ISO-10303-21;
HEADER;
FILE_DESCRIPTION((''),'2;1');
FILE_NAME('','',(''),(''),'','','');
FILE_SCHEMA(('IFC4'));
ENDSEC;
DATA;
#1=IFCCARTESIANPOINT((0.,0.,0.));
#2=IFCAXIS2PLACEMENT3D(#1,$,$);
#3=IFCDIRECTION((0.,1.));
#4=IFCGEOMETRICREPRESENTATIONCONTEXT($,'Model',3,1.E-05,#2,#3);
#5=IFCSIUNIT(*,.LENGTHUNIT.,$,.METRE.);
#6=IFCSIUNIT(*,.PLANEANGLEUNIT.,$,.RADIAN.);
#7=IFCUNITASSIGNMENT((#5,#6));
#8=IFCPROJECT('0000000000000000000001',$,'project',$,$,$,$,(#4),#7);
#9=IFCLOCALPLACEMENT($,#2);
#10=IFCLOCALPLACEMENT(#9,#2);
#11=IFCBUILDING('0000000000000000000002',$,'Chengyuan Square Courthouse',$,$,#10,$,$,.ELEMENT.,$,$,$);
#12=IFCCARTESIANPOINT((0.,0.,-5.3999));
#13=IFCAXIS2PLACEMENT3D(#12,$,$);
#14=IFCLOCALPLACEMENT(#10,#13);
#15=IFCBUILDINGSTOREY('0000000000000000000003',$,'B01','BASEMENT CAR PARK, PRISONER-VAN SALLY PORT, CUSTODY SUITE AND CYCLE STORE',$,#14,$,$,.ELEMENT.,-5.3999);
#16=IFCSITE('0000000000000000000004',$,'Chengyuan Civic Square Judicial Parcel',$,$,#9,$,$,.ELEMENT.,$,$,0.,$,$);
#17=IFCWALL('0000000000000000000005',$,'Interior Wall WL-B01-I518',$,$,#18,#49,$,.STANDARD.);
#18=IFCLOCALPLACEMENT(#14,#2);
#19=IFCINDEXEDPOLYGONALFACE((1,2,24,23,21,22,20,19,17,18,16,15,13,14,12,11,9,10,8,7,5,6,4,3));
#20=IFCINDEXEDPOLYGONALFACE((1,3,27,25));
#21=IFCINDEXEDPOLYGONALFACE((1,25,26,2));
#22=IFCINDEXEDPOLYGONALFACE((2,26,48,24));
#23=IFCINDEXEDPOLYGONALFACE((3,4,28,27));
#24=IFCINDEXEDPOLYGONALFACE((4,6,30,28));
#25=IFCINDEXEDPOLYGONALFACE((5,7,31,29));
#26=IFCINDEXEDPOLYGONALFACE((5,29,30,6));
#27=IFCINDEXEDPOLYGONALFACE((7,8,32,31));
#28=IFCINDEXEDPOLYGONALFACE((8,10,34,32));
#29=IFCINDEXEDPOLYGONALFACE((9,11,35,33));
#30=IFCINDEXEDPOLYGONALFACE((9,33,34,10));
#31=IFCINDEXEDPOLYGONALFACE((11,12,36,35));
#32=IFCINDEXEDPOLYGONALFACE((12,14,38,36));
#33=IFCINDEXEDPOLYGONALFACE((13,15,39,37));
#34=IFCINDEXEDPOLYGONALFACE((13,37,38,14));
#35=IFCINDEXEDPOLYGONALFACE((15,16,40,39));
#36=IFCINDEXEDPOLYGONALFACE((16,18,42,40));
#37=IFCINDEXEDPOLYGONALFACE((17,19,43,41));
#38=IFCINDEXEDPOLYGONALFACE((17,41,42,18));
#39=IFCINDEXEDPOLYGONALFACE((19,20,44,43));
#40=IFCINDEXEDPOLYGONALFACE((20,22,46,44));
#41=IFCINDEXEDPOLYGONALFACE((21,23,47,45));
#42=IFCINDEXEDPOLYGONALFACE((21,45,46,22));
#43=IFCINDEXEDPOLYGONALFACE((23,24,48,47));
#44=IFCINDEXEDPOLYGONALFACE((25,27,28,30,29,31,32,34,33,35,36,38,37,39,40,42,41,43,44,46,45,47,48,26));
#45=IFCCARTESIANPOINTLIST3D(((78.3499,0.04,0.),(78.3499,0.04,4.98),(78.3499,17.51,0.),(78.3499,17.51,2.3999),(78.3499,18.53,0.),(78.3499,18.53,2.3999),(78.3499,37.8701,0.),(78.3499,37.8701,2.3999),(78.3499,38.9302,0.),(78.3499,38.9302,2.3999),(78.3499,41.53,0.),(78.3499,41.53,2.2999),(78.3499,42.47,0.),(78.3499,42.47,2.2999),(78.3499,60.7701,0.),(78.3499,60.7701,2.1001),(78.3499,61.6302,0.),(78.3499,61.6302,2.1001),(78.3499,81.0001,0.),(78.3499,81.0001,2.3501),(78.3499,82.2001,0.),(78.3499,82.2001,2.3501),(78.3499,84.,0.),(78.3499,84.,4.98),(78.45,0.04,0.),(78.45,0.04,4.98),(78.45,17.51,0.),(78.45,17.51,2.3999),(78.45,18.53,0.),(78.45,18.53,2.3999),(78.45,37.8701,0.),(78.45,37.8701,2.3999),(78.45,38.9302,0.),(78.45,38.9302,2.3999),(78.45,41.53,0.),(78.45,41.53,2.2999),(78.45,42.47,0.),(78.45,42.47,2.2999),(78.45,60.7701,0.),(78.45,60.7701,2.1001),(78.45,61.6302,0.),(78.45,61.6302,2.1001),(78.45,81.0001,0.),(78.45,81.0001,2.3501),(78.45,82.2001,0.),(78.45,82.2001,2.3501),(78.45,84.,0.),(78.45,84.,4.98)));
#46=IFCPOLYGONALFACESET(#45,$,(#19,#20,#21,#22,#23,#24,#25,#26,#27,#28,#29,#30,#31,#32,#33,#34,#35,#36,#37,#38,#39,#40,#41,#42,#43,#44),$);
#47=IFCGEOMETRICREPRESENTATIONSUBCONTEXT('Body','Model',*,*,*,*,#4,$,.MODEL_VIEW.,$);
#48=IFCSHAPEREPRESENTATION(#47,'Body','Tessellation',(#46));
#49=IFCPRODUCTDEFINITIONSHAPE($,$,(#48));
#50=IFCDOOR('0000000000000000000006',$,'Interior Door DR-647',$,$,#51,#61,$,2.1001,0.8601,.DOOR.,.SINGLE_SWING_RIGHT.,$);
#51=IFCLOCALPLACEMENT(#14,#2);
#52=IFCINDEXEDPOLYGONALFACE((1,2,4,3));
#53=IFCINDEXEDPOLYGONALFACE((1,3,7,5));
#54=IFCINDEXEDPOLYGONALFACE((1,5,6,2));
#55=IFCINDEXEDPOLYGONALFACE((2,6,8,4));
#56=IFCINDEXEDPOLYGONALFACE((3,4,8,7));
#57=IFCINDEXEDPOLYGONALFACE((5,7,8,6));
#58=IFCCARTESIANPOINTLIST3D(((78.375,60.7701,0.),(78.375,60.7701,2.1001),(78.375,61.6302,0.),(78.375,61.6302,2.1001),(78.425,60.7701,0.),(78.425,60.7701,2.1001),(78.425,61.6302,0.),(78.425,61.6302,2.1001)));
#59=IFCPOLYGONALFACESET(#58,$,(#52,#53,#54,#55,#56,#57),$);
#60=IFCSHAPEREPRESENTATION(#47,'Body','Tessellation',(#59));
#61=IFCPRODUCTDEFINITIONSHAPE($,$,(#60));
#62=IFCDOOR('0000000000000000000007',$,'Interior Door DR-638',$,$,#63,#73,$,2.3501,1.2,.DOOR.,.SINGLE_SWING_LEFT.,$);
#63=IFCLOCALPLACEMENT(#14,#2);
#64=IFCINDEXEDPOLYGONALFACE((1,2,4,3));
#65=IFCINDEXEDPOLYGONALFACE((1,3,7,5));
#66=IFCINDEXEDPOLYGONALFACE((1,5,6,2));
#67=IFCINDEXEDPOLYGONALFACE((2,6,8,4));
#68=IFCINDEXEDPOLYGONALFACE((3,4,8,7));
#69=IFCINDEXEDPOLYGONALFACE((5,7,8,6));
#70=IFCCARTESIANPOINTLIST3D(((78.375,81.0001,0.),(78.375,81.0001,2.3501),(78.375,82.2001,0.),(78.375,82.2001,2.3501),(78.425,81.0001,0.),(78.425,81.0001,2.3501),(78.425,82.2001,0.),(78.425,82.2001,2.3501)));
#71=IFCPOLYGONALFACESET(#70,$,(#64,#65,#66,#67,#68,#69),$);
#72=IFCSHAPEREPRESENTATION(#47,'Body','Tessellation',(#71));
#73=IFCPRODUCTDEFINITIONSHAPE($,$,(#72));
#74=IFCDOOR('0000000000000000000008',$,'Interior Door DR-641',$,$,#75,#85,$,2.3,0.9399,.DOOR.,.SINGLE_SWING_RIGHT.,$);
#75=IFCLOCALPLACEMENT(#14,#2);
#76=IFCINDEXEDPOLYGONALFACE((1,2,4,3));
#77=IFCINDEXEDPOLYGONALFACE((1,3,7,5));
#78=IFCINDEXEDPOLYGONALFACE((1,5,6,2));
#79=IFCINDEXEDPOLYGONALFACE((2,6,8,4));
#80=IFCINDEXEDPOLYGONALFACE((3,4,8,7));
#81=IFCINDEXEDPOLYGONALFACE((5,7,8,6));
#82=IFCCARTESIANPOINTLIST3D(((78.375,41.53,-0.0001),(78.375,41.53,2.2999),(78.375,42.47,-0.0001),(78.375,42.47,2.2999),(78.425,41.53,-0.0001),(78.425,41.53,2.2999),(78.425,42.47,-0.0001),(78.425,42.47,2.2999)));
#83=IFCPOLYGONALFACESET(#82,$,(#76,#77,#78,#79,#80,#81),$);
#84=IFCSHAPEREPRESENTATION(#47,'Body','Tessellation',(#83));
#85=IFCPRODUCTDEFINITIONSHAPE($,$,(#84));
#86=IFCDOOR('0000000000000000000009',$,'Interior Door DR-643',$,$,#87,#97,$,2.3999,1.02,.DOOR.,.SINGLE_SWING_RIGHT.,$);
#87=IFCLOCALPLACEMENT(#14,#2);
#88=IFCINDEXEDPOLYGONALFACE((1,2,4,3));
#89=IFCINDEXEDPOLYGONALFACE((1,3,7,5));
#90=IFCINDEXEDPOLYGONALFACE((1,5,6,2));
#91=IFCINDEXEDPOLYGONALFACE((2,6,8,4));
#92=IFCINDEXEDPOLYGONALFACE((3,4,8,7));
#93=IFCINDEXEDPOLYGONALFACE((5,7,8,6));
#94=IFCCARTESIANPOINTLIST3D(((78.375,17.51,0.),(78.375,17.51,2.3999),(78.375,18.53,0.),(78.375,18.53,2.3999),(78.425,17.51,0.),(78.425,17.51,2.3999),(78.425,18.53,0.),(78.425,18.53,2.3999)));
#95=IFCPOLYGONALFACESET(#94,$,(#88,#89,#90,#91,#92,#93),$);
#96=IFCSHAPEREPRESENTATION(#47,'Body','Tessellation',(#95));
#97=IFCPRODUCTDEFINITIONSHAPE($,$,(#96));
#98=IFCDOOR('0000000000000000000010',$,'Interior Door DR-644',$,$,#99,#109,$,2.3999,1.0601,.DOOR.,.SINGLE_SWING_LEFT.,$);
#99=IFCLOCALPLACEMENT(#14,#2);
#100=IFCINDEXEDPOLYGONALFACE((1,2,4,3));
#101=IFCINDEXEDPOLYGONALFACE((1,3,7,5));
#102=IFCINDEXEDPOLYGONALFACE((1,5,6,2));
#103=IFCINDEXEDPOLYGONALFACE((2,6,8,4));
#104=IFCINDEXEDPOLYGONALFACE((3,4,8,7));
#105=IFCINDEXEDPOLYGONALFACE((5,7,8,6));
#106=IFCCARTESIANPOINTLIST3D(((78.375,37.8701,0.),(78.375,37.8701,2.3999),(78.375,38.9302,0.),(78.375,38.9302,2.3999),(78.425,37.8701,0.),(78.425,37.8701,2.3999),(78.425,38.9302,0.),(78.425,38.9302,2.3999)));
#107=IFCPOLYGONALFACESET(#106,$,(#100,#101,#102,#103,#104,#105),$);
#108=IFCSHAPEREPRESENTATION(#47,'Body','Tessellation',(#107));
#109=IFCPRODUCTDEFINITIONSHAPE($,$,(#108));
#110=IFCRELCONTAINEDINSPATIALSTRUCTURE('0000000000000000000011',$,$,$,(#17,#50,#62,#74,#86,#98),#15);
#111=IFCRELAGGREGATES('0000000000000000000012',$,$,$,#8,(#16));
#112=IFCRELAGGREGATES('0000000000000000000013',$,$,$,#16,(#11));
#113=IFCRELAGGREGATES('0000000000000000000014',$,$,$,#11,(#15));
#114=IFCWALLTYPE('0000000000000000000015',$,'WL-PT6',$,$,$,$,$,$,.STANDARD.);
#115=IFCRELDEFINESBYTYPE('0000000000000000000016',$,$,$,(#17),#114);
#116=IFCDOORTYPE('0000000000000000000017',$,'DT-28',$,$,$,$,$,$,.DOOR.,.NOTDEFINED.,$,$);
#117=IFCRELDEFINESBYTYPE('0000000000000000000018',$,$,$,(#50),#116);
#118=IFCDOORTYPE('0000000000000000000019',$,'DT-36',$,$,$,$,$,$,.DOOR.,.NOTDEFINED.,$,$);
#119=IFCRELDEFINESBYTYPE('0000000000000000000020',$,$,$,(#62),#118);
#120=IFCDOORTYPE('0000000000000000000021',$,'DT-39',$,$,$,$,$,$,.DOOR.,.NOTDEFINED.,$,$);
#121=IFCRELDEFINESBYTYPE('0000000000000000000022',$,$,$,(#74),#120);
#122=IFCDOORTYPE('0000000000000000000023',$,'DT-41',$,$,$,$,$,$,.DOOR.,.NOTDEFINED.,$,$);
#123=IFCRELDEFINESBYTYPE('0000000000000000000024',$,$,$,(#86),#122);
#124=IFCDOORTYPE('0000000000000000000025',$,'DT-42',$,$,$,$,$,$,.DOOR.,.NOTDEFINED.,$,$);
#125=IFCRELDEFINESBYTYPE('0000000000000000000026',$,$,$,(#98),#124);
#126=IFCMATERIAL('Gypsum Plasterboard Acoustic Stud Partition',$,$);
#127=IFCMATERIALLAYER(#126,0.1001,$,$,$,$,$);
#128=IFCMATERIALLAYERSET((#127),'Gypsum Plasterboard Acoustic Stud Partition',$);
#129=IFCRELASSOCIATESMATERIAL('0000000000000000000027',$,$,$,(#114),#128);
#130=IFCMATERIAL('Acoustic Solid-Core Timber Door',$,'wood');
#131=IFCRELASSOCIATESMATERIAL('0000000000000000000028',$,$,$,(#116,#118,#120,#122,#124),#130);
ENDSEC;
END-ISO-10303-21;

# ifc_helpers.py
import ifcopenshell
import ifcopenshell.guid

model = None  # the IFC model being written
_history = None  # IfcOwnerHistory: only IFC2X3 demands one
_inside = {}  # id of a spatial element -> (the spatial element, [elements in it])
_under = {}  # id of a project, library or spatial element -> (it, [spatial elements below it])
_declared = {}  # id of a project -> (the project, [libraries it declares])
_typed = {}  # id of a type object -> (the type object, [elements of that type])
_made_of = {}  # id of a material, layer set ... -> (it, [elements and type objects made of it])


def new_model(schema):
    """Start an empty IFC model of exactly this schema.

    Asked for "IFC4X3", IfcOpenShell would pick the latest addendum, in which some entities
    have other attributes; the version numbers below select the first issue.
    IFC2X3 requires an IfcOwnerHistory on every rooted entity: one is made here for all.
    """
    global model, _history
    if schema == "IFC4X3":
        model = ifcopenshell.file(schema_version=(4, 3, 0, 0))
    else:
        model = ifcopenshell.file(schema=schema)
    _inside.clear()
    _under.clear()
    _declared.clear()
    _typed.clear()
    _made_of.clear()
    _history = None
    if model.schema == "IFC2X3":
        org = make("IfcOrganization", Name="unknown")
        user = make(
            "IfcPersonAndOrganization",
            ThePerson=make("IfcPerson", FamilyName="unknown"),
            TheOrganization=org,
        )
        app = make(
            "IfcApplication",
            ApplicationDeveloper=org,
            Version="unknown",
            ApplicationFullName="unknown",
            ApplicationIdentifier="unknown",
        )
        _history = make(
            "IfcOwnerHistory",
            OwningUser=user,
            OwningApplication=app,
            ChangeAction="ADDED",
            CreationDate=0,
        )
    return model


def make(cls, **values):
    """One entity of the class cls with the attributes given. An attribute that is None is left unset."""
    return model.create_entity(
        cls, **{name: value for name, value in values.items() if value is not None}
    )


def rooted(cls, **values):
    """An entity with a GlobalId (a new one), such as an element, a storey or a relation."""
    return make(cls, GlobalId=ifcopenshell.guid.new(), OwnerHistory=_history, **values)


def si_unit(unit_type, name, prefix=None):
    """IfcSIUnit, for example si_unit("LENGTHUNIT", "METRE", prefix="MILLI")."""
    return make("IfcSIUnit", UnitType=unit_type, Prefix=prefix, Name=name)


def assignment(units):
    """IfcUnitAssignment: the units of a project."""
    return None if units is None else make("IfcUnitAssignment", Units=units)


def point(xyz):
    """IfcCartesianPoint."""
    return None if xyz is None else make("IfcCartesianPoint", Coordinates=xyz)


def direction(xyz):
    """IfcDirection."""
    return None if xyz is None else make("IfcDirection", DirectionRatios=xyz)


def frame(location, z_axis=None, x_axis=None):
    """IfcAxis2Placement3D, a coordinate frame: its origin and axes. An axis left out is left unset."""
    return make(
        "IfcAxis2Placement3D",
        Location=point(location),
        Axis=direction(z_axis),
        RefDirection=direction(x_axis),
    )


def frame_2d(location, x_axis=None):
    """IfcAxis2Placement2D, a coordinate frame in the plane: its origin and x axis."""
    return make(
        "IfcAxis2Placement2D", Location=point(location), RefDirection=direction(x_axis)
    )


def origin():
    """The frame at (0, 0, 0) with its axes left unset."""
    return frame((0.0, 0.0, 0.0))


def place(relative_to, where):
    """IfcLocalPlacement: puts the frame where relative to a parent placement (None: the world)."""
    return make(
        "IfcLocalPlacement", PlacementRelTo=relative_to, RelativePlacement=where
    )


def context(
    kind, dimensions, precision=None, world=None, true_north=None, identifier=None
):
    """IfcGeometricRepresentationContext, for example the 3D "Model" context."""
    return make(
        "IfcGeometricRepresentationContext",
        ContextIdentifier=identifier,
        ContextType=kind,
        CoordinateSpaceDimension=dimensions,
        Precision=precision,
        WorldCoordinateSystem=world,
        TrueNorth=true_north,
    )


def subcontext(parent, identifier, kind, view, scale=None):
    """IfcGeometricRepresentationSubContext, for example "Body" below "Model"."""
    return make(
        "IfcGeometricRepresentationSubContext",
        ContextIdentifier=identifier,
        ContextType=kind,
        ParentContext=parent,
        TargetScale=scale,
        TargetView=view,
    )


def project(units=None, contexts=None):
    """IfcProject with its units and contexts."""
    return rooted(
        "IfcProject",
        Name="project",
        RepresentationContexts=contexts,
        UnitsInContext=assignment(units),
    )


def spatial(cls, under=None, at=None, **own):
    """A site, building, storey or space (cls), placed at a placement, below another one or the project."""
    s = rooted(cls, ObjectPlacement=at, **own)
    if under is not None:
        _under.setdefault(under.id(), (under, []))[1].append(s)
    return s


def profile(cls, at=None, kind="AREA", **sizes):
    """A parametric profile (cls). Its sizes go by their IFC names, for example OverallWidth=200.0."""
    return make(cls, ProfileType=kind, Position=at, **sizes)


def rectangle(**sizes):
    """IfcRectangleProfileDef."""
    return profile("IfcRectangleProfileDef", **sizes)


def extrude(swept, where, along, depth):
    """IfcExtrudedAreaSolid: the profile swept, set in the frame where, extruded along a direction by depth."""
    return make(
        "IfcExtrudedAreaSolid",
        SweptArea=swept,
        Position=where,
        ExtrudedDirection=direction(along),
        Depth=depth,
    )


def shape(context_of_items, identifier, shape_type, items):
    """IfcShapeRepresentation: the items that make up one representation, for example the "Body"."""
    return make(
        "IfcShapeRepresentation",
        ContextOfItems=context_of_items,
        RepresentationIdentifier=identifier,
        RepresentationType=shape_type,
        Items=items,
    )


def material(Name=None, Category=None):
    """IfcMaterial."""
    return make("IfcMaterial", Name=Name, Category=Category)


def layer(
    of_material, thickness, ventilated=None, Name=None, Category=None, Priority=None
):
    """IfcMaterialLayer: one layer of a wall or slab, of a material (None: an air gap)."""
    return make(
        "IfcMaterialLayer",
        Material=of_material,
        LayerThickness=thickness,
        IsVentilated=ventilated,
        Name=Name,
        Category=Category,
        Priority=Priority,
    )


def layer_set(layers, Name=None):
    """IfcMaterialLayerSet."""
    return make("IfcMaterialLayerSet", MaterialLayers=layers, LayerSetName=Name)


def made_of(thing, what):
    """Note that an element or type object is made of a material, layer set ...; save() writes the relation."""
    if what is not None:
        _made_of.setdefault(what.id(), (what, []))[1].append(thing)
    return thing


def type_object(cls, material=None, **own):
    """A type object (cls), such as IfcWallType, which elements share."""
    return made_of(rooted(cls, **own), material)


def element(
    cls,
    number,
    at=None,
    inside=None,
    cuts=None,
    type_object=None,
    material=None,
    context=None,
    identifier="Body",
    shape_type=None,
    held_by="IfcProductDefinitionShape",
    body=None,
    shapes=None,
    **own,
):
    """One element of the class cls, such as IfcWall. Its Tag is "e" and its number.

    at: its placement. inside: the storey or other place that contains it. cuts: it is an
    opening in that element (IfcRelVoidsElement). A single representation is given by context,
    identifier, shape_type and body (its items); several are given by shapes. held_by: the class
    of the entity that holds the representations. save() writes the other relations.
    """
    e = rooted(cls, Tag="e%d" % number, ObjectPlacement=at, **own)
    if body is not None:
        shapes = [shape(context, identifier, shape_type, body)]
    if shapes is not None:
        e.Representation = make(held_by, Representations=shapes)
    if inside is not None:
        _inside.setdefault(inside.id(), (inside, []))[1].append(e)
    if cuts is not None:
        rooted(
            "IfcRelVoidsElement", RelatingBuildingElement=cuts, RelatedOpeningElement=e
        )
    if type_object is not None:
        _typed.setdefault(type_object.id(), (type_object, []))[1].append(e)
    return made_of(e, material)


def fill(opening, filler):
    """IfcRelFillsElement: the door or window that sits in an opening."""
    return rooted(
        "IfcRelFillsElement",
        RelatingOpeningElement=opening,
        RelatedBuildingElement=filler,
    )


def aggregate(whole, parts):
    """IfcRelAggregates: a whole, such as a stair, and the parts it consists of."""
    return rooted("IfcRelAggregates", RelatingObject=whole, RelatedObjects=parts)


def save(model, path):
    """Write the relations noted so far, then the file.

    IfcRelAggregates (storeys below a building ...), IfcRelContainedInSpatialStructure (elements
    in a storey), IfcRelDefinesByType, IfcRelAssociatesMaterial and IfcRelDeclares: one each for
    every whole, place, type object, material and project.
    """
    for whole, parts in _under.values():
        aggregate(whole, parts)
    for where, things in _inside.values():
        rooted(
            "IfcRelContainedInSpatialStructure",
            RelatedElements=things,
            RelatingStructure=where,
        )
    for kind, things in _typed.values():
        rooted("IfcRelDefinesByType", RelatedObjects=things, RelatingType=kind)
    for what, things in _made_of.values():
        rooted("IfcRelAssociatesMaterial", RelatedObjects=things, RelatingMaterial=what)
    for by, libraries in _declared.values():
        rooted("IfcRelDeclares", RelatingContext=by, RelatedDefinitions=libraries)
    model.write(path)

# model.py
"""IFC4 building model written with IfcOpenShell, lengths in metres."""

from ifc_helpers import new_model, si_unit, direction, frame, frame_2d, origin, place, context, subcontext, project, spatial, rectangle, extrude, material, layer, layer_set, type_object, element, fill, save


model = new_model("IFC4")

# Units and contexts
model_context = context("Model", 3, precision=1e-05, world=origin(), true_north=direction((0.0, 1.0)))
body_context = subcontext(model_context, "Body", "Model", "MODEL_VIEW")
ifc_project = project(units=[si_unit("LENGTHUNIT", "METRE"), si_unit("PLANEANGLEUNIT", "RADIAN")], contexts=[model_context])

# Site, building, storey
site_placement = place(None, origin())
site = spatial("IfcSite", under=ifc_project, at=site_placement, Name="Chengyuan Civic Square Judicial Parcel", CompositionType="ELEMENT", RefElevation=0.0)
building_placement = place(site_placement, origin())
building = spatial("IfcBuilding", under=site, at=building_placement, Name="Chengyuan Square Courthouse", CompositionType="ELEMENT")
storey_placement = place(building_placement, frame((0.0, 0.0, -5.3999)))
storey = spatial("IfcBuildingStorey", under=building, at=storey_placement, Name="B01", Description="BASEMENT CAR PARK, PRISONER-VAN SALLY PORT, CUSTODY SUITE AND CYCLE STORE", CompositionType="ELEMENT", Elevation=-5.3999)

# Wall, openings, doors
ifc_material_1 = material(Name="Gypsum Plasterboard Acoustic Stud Partition")
ifc_layer_1 = layer(ifc_material_1, 0.1001)
ifc_layer_set_1 = layer_set([ifc_layer_1], Name="Gypsum Plasterboard Acoustic Stud Partition")
wall_type_1 = type_object("IfcWallType", Name="WL-PT6", PredefinedType="STANDARD", material=ifc_layer_set_1)
wall_1_placement = place(storey_placement, frame((78.3999, 0.04, 0.0), z_axis=(0.0, 0.0, 1.0), x_axis=(0.0, 1.0, 0.0)))
wall_1 = element("IfcWall", 1, at=wall_1_placement, inside=storey, type_object=wall_type_1, Name="Interior Wall WL-B01-I518", PredefinedType="STANDARD", context=body_context, shape_type="SweptSolid", body=[
    extrude(rectangle(XDim=83.96, YDim=0.1001, at=frame_2d((41.98, 0.0))), origin(), (0.0, 0.0, 1.0), 4.98),
])
opening_1_placement = place(wall_1_placement, frame((80.96, 0.0, 0.0)))
opening_1 = element("IfcOpeningElement", 2, at=opening_1_placement, cuts=wall_1, PredefinedType="OPENING", context=body_context, shape_type="SweptSolid", body=[
    extrude(rectangle(XDim=1.2, YDim=2.3501, at=frame_2d((0.6001, 1.175))), frame((0.0, 0.062, 0.0), z_axis=(0.0, -1.0, 0.0), x_axis=(1.0, 0.0, 0.0)), (0.0, 0.0, 1.0), 0.124),
])
opening_2_placement = place(wall_1_placement, frame((41.49, 0.0, 0.0)))
opening_2 = element("IfcOpeningElement", 3, at=opening_2_placement, cuts=wall_1, PredefinedType="OPENING", context=body_context, shape_type="SweptSolid", body=[
    extrude(rectangle(XDim=0.9399, YDim=2.3, at=frame_2d((0.47, 1.1499))), frame((0.0, 0.062, 0.0), z_axis=(0.0, -1.0, 0.0), x_axis=(1.0, 0.0, 0.0)), (0.0, 0.0, 1.0), 0.124),
])
opening_3_placement = place(wall_1_placement, frame((17.47, 0.0, 0.0)))
opening_3 = element("IfcOpeningElement", 4, at=opening_3_placement, cuts=wall_1, PredefinedType="OPENING", context=body_context, shape_type="SweptSolid", body=[
    extrude(rectangle(XDim=1.02, YDim=2.3999, at=frame_2d((0.51, 1.2))), frame((0.0, 0.062, 0.0), z_axis=(0.0, -1.0, 0.0), x_axis=(1.0, 0.0, 0.0)), (0.0, 0.0, 1.0), 0.124),
])
opening_4_placement = place(wall_1_placement, frame((37.8301, 0.0, 0.0)))
opening_4 = element("IfcOpeningElement", 5, at=opening_4_placement, cuts=wall_1, PredefinedType="OPENING", context=body_context, shape_type="SweptSolid", body=[
    extrude(rectangle(XDim=1.0601, YDim=2.3999, at=frame_2d((0.53, 1.2))), frame((0.0, 0.062, 0.0), z_axis=(0.0, -1.0, 0.0), x_axis=(1.0, 0.0, 0.0)), (0.0, 0.0, 1.0), 0.124),
])
opening_5_placement = place(wall_1_placement, frame((60.73, 0.0, 0.0)))
opening_5 = element("IfcOpeningElement", 6, at=opening_5_placement, cuts=wall_1, PredefinedType="OPENING", context=body_context, shape_type="SweptSolid", body=[
    extrude(rectangle(XDim=0.8601, YDim=2.1001, at=frame_2d((0.4302, 1.05))), frame((0.0, 0.062, 0.0), z_axis=(0.0, -1.0, 0.0), x_axis=(1.0, 0.0, 0.0)), (0.0, 0.0, 1.0), 0.124),
])
ifc_material_2 = material(Name="Acoustic Solid-Core Timber Door", Category="wood")
door_type_1 = type_object("IfcDoorType", Name="DT-28", OperationType="NOTDEFINED", PredefinedType="DOOR", material=ifc_material_2)
door_1_placement = place(opening_5_placement, origin())
door_1 = element("IfcDoor", 7, at=door_1_placement, inside=storey, type_object=door_type_1, Name="Interior Door DR-647", OperationType="SINGLE_SWING_RIGHT", OverallHeight=2.1001, OverallWidth=0.8601, PredefinedType="DOOR", context=body_context, shape_type="SweptSolid", body=[
    extrude(rectangle(XDim=0.8601, YDim=2.1001, at=frame_2d((0.4302, 1.05))), frame((0.0, 0.0249, 0.0), z_axis=(0.0, -1.0, 0.0), x_axis=(1.0, 0.0, 0.0)), (0.0, 0.0, 1.0), 0.05),
])
fill(opening_5, door_1)
door_type_2 = type_object("IfcDoorType", Name="DT-36", OperationType="NOTDEFINED", PredefinedType="DOOR", material=ifc_material_2)
door_2_placement = place(opening_1_placement, origin())
door_2 = element("IfcDoor", 8, at=door_2_placement, inside=storey, type_object=door_type_2, Name="Interior Door DR-638", OperationType="SINGLE_SWING_LEFT", OverallHeight=2.3501, OverallWidth=1.2, PredefinedType="DOOR", context=body_context, shape_type="SweptSolid", body=[
    extrude(rectangle(XDim=1.2, YDim=2.3501, at=frame_2d((0.6001, 1.175))), frame((0.0, 0.0249, 0.0), z_axis=(0.0, -1.0, 0.0), x_axis=(1.0, 0.0, 0.0)), (0.0, 0.0, 1.0), 0.05),
])
fill(opening_1, door_2)
door_type_3 = type_object("IfcDoorType", Name="DT-39", OperationType="NOTDEFINED", PredefinedType="DOOR", material=ifc_material_2)
door_3_placement = place(opening_2_placement, origin())
door_3 = element("IfcDoor", 9, at=door_3_placement, inside=storey, type_object=door_type_3, Name="Interior Door DR-641", OperationType="SINGLE_SWING_RIGHT", OverallHeight=2.3, OverallWidth=0.9399, PredefinedType="DOOR", context=body_context, shape_type="SweptSolid", body=[
    extrude(rectangle(XDim=0.9399, YDim=2.3, at=frame_2d((0.47, 1.1499))), frame((0.0, 0.0249, 0.0), z_axis=(0.0, -1.0, 0.0), x_axis=(1.0, 0.0, 0.0)), (0.0, 0.0, 1.0), 0.05),
])
fill(opening_2, door_3)
door_type_4 = type_object("IfcDoorType", Name="DT-41", OperationType="NOTDEFINED", PredefinedType="DOOR", material=ifc_material_2)
door_4_placement = place(opening_3_placement, origin())
door_4 = element("IfcDoor", 10, at=door_4_placement, inside=storey, type_object=door_type_4, Name="Interior Door DR-643", OperationType="SINGLE_SWING_RIGHT", OverallHeight=2.3999, OverallWidth=1.02, PredefinedType="DOOR", context=body_context, shape_type="SweptSolid", body=[
    extrude(rectangle(XDim=1.02, YDim=2.3999, at=frame_2d((0.51, 1.2))), frame((0.0, 0.0249, 0.0), z_axis=(0.0, -1.0, 0.0), x_axis=(1.0, 0.0, 0.0)), (0.0, 0.0, 1.0), 0.05),
])
fill(opening_3, door_4)
door_type_5 = type_object("IfcDoorType", Name="DT-42", OperationType="NOTDEFINED", PredefinedType="DOOR", material=ifc_material_2)
door_5_placement = place(opening_4_placement, origin())
door_5 = element("IfcDoor", 11, at=door_5_placement, inside=storey, type_object=door_type_5, Name="Interior Door DR-644", OperationType="SINGLE_SWING_LEFT", OverallHeight=2.3999, OverallWidth=1.0601, PredefinedType="DOOR", context=body_context, shape_type="SweptSolid", body=[
    extrude(rectangle(XDim=1.0601, YDim=2.3999, at=frame_2d((0.53, 1.2))), frame((0.0, 0.0249, 0.0), z_axis=(0.0, -1.0, 0.0), x_axis=(1.0, 0.0, 0.0)), (0.0, 0.0, 1.0), 0.05),
])
fill(opening_4, door_5)

save(model, "model.ifc")
